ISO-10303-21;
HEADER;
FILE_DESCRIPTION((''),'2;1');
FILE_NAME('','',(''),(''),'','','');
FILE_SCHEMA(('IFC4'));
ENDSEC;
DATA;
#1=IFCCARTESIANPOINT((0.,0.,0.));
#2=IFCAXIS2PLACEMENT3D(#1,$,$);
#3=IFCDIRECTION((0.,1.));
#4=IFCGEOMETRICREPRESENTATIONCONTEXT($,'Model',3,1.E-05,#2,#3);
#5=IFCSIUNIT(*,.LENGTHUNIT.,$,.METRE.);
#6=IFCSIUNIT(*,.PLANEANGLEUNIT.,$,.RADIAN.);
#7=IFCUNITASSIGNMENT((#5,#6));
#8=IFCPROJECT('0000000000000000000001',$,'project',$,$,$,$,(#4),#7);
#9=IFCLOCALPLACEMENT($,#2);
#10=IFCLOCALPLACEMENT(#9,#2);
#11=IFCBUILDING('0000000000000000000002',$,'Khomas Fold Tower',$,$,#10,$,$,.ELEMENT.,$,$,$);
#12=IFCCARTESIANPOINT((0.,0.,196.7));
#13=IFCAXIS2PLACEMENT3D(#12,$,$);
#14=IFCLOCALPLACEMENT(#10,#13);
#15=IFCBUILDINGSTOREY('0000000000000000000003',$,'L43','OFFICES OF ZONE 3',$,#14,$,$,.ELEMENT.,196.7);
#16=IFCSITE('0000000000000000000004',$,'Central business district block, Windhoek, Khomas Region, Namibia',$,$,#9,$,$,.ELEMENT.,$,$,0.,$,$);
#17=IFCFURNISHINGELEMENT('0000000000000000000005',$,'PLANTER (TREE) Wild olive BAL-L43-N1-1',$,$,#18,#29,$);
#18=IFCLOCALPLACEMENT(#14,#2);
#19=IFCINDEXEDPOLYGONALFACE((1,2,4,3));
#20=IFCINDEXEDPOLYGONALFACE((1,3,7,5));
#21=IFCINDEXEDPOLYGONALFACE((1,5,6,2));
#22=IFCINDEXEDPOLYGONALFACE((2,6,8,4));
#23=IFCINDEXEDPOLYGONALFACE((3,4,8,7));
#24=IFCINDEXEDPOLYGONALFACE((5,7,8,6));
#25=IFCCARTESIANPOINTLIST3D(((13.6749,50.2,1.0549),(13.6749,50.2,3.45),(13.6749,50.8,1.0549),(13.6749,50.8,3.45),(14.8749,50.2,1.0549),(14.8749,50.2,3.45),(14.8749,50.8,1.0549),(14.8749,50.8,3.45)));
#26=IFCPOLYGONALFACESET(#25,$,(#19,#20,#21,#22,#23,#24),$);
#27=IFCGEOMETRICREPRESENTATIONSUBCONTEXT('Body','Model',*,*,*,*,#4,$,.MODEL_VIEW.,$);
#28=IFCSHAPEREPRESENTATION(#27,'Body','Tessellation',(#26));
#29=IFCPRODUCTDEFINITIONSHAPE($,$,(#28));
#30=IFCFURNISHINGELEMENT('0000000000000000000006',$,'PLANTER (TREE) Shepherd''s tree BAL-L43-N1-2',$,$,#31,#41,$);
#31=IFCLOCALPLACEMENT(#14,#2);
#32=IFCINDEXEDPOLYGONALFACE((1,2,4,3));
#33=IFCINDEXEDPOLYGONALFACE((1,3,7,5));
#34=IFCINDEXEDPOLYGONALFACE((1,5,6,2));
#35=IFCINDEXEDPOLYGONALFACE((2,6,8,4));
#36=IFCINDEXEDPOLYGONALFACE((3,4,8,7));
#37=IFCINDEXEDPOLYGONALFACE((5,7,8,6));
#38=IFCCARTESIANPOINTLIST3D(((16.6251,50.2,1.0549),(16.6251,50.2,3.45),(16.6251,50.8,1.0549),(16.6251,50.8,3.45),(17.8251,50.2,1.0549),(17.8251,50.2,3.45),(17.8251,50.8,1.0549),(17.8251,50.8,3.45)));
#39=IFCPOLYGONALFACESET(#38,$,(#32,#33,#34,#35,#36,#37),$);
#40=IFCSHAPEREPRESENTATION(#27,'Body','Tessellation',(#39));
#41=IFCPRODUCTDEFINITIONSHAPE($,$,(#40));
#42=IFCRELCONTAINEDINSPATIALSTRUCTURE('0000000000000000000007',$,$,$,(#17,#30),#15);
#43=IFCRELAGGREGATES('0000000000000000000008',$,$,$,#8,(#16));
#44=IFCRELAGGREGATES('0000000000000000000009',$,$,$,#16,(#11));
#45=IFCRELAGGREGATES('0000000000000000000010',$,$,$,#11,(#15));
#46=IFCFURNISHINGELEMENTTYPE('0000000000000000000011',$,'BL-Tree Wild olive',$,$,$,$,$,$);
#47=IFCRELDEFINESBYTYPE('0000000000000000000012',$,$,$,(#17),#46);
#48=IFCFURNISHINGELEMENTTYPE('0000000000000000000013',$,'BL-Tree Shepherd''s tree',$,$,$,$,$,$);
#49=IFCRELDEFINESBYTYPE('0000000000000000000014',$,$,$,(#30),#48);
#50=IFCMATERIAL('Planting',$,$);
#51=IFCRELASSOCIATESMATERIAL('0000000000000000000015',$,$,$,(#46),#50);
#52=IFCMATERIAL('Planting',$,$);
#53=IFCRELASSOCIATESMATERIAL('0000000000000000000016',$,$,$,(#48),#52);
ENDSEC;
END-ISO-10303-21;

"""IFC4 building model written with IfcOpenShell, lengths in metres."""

from ifc_helpers import new_model, si_unit, direction, frame, origin, origin_2d, place, context, subcontext, project, spatial, rectangle, extrude, source, transform, mapped, material, type_object, element, save


model = new_model("IFC4")

# Units and contexts
model_context = context("Model", 3, precision=1e-05, world=origin(), true_north=direction((0.0, 1.0)))
body_context = subcontext(model_context, "Body", "Model", "MODEL_VIEW")
ifc_project = project(units=[si_unit("LENGTHUNIT", "METRE"), si_unit("PLANEANGLEUNIT", "RADIAN")], contexts=[model_context])

# Site, building, storey
site_placement = place(None, origin())
site = spatial("IfcSite", under=ifc_project, at=site_placement, Name="Central business district block, Windhoek, Khomas Region, Namibia", CompositionType="ELEMENT", RefElevation=0.0)
building_placement = place(site_placement, origin())
building = spatial("IfcBuilding", under=site, at=building_placement, Name="Khomas Fold Tower", CompositionType="ELEMENT")
storey_placement = place(building_placement, frame((0.0, 0.0, 196.7)))
storey = spatial("IfcBuildingStorey", under=building, at=storey_placement, Name="L43", Description="OFFICES OF ZONE 3", CompositionType="ELEMENT", Elevation=196.7)

# Furnishing elements
ifc_material_1 = material(Name="Planting")
furnishing_element_type_1 = type_object("IfcFurnishingElementType", Name="BL-Tree Wild olive", material=ifc_material_1)
shared_shape_1 = source(origin(), body_context, "Body", "SweptSolid", [
    extrude(rectangle(XDim=1.2, YDim=0.6001, at=origin_2d()), origin(), (0.0, 0.0, 1.0), 2.395),
])
furnishing_1_placement = place(storey_placement, frame((14.2749, 50.5, 1.0549), z_axis=(0.0, 0.0, 1.0), x_axis=(1.0, 0.0, 0.0)))
element("IfcFurnishingElement", 1, at=furnishing_1_placement, inside=storey, type_object=furnishing_element_type_1, Name="PLANTER (TREE) Wild olive BAL-L43-N1-1", context=body_context, shape_type="MappedRepresentation", body=[
    mapped(shared_shape_1, transform((0.0, 0.0, 0.0))),
])
ifc_material_2 = material(Name="Planting")
furnishing_element_type_2 = type_object("IfcFurnishingElementType", Name="BL-Tree Shepherd's tree", material=ifc_material_2)
furnishing_2_placement = place(storey_placement, frame((17.2251, 50.5, 1.0549), z_axis=(0.0, 0.0, 1.0), x_axis=(1.0, 0.0, 0.0)))
element("IfcFurnishingElement", 2, at=furnishing_2_placement, inside=storey, type_object=furnishing_element_type_2, Name="PLANTER (TREE) Shepherd's tree BAL-L43-N1-2", context=body_context, shape_type="MappedRepresentation", body=[
    mapped(shared_shape_1, transform((0.0, 0.0, 0.0))),
])

save(model, "model.ifc")
